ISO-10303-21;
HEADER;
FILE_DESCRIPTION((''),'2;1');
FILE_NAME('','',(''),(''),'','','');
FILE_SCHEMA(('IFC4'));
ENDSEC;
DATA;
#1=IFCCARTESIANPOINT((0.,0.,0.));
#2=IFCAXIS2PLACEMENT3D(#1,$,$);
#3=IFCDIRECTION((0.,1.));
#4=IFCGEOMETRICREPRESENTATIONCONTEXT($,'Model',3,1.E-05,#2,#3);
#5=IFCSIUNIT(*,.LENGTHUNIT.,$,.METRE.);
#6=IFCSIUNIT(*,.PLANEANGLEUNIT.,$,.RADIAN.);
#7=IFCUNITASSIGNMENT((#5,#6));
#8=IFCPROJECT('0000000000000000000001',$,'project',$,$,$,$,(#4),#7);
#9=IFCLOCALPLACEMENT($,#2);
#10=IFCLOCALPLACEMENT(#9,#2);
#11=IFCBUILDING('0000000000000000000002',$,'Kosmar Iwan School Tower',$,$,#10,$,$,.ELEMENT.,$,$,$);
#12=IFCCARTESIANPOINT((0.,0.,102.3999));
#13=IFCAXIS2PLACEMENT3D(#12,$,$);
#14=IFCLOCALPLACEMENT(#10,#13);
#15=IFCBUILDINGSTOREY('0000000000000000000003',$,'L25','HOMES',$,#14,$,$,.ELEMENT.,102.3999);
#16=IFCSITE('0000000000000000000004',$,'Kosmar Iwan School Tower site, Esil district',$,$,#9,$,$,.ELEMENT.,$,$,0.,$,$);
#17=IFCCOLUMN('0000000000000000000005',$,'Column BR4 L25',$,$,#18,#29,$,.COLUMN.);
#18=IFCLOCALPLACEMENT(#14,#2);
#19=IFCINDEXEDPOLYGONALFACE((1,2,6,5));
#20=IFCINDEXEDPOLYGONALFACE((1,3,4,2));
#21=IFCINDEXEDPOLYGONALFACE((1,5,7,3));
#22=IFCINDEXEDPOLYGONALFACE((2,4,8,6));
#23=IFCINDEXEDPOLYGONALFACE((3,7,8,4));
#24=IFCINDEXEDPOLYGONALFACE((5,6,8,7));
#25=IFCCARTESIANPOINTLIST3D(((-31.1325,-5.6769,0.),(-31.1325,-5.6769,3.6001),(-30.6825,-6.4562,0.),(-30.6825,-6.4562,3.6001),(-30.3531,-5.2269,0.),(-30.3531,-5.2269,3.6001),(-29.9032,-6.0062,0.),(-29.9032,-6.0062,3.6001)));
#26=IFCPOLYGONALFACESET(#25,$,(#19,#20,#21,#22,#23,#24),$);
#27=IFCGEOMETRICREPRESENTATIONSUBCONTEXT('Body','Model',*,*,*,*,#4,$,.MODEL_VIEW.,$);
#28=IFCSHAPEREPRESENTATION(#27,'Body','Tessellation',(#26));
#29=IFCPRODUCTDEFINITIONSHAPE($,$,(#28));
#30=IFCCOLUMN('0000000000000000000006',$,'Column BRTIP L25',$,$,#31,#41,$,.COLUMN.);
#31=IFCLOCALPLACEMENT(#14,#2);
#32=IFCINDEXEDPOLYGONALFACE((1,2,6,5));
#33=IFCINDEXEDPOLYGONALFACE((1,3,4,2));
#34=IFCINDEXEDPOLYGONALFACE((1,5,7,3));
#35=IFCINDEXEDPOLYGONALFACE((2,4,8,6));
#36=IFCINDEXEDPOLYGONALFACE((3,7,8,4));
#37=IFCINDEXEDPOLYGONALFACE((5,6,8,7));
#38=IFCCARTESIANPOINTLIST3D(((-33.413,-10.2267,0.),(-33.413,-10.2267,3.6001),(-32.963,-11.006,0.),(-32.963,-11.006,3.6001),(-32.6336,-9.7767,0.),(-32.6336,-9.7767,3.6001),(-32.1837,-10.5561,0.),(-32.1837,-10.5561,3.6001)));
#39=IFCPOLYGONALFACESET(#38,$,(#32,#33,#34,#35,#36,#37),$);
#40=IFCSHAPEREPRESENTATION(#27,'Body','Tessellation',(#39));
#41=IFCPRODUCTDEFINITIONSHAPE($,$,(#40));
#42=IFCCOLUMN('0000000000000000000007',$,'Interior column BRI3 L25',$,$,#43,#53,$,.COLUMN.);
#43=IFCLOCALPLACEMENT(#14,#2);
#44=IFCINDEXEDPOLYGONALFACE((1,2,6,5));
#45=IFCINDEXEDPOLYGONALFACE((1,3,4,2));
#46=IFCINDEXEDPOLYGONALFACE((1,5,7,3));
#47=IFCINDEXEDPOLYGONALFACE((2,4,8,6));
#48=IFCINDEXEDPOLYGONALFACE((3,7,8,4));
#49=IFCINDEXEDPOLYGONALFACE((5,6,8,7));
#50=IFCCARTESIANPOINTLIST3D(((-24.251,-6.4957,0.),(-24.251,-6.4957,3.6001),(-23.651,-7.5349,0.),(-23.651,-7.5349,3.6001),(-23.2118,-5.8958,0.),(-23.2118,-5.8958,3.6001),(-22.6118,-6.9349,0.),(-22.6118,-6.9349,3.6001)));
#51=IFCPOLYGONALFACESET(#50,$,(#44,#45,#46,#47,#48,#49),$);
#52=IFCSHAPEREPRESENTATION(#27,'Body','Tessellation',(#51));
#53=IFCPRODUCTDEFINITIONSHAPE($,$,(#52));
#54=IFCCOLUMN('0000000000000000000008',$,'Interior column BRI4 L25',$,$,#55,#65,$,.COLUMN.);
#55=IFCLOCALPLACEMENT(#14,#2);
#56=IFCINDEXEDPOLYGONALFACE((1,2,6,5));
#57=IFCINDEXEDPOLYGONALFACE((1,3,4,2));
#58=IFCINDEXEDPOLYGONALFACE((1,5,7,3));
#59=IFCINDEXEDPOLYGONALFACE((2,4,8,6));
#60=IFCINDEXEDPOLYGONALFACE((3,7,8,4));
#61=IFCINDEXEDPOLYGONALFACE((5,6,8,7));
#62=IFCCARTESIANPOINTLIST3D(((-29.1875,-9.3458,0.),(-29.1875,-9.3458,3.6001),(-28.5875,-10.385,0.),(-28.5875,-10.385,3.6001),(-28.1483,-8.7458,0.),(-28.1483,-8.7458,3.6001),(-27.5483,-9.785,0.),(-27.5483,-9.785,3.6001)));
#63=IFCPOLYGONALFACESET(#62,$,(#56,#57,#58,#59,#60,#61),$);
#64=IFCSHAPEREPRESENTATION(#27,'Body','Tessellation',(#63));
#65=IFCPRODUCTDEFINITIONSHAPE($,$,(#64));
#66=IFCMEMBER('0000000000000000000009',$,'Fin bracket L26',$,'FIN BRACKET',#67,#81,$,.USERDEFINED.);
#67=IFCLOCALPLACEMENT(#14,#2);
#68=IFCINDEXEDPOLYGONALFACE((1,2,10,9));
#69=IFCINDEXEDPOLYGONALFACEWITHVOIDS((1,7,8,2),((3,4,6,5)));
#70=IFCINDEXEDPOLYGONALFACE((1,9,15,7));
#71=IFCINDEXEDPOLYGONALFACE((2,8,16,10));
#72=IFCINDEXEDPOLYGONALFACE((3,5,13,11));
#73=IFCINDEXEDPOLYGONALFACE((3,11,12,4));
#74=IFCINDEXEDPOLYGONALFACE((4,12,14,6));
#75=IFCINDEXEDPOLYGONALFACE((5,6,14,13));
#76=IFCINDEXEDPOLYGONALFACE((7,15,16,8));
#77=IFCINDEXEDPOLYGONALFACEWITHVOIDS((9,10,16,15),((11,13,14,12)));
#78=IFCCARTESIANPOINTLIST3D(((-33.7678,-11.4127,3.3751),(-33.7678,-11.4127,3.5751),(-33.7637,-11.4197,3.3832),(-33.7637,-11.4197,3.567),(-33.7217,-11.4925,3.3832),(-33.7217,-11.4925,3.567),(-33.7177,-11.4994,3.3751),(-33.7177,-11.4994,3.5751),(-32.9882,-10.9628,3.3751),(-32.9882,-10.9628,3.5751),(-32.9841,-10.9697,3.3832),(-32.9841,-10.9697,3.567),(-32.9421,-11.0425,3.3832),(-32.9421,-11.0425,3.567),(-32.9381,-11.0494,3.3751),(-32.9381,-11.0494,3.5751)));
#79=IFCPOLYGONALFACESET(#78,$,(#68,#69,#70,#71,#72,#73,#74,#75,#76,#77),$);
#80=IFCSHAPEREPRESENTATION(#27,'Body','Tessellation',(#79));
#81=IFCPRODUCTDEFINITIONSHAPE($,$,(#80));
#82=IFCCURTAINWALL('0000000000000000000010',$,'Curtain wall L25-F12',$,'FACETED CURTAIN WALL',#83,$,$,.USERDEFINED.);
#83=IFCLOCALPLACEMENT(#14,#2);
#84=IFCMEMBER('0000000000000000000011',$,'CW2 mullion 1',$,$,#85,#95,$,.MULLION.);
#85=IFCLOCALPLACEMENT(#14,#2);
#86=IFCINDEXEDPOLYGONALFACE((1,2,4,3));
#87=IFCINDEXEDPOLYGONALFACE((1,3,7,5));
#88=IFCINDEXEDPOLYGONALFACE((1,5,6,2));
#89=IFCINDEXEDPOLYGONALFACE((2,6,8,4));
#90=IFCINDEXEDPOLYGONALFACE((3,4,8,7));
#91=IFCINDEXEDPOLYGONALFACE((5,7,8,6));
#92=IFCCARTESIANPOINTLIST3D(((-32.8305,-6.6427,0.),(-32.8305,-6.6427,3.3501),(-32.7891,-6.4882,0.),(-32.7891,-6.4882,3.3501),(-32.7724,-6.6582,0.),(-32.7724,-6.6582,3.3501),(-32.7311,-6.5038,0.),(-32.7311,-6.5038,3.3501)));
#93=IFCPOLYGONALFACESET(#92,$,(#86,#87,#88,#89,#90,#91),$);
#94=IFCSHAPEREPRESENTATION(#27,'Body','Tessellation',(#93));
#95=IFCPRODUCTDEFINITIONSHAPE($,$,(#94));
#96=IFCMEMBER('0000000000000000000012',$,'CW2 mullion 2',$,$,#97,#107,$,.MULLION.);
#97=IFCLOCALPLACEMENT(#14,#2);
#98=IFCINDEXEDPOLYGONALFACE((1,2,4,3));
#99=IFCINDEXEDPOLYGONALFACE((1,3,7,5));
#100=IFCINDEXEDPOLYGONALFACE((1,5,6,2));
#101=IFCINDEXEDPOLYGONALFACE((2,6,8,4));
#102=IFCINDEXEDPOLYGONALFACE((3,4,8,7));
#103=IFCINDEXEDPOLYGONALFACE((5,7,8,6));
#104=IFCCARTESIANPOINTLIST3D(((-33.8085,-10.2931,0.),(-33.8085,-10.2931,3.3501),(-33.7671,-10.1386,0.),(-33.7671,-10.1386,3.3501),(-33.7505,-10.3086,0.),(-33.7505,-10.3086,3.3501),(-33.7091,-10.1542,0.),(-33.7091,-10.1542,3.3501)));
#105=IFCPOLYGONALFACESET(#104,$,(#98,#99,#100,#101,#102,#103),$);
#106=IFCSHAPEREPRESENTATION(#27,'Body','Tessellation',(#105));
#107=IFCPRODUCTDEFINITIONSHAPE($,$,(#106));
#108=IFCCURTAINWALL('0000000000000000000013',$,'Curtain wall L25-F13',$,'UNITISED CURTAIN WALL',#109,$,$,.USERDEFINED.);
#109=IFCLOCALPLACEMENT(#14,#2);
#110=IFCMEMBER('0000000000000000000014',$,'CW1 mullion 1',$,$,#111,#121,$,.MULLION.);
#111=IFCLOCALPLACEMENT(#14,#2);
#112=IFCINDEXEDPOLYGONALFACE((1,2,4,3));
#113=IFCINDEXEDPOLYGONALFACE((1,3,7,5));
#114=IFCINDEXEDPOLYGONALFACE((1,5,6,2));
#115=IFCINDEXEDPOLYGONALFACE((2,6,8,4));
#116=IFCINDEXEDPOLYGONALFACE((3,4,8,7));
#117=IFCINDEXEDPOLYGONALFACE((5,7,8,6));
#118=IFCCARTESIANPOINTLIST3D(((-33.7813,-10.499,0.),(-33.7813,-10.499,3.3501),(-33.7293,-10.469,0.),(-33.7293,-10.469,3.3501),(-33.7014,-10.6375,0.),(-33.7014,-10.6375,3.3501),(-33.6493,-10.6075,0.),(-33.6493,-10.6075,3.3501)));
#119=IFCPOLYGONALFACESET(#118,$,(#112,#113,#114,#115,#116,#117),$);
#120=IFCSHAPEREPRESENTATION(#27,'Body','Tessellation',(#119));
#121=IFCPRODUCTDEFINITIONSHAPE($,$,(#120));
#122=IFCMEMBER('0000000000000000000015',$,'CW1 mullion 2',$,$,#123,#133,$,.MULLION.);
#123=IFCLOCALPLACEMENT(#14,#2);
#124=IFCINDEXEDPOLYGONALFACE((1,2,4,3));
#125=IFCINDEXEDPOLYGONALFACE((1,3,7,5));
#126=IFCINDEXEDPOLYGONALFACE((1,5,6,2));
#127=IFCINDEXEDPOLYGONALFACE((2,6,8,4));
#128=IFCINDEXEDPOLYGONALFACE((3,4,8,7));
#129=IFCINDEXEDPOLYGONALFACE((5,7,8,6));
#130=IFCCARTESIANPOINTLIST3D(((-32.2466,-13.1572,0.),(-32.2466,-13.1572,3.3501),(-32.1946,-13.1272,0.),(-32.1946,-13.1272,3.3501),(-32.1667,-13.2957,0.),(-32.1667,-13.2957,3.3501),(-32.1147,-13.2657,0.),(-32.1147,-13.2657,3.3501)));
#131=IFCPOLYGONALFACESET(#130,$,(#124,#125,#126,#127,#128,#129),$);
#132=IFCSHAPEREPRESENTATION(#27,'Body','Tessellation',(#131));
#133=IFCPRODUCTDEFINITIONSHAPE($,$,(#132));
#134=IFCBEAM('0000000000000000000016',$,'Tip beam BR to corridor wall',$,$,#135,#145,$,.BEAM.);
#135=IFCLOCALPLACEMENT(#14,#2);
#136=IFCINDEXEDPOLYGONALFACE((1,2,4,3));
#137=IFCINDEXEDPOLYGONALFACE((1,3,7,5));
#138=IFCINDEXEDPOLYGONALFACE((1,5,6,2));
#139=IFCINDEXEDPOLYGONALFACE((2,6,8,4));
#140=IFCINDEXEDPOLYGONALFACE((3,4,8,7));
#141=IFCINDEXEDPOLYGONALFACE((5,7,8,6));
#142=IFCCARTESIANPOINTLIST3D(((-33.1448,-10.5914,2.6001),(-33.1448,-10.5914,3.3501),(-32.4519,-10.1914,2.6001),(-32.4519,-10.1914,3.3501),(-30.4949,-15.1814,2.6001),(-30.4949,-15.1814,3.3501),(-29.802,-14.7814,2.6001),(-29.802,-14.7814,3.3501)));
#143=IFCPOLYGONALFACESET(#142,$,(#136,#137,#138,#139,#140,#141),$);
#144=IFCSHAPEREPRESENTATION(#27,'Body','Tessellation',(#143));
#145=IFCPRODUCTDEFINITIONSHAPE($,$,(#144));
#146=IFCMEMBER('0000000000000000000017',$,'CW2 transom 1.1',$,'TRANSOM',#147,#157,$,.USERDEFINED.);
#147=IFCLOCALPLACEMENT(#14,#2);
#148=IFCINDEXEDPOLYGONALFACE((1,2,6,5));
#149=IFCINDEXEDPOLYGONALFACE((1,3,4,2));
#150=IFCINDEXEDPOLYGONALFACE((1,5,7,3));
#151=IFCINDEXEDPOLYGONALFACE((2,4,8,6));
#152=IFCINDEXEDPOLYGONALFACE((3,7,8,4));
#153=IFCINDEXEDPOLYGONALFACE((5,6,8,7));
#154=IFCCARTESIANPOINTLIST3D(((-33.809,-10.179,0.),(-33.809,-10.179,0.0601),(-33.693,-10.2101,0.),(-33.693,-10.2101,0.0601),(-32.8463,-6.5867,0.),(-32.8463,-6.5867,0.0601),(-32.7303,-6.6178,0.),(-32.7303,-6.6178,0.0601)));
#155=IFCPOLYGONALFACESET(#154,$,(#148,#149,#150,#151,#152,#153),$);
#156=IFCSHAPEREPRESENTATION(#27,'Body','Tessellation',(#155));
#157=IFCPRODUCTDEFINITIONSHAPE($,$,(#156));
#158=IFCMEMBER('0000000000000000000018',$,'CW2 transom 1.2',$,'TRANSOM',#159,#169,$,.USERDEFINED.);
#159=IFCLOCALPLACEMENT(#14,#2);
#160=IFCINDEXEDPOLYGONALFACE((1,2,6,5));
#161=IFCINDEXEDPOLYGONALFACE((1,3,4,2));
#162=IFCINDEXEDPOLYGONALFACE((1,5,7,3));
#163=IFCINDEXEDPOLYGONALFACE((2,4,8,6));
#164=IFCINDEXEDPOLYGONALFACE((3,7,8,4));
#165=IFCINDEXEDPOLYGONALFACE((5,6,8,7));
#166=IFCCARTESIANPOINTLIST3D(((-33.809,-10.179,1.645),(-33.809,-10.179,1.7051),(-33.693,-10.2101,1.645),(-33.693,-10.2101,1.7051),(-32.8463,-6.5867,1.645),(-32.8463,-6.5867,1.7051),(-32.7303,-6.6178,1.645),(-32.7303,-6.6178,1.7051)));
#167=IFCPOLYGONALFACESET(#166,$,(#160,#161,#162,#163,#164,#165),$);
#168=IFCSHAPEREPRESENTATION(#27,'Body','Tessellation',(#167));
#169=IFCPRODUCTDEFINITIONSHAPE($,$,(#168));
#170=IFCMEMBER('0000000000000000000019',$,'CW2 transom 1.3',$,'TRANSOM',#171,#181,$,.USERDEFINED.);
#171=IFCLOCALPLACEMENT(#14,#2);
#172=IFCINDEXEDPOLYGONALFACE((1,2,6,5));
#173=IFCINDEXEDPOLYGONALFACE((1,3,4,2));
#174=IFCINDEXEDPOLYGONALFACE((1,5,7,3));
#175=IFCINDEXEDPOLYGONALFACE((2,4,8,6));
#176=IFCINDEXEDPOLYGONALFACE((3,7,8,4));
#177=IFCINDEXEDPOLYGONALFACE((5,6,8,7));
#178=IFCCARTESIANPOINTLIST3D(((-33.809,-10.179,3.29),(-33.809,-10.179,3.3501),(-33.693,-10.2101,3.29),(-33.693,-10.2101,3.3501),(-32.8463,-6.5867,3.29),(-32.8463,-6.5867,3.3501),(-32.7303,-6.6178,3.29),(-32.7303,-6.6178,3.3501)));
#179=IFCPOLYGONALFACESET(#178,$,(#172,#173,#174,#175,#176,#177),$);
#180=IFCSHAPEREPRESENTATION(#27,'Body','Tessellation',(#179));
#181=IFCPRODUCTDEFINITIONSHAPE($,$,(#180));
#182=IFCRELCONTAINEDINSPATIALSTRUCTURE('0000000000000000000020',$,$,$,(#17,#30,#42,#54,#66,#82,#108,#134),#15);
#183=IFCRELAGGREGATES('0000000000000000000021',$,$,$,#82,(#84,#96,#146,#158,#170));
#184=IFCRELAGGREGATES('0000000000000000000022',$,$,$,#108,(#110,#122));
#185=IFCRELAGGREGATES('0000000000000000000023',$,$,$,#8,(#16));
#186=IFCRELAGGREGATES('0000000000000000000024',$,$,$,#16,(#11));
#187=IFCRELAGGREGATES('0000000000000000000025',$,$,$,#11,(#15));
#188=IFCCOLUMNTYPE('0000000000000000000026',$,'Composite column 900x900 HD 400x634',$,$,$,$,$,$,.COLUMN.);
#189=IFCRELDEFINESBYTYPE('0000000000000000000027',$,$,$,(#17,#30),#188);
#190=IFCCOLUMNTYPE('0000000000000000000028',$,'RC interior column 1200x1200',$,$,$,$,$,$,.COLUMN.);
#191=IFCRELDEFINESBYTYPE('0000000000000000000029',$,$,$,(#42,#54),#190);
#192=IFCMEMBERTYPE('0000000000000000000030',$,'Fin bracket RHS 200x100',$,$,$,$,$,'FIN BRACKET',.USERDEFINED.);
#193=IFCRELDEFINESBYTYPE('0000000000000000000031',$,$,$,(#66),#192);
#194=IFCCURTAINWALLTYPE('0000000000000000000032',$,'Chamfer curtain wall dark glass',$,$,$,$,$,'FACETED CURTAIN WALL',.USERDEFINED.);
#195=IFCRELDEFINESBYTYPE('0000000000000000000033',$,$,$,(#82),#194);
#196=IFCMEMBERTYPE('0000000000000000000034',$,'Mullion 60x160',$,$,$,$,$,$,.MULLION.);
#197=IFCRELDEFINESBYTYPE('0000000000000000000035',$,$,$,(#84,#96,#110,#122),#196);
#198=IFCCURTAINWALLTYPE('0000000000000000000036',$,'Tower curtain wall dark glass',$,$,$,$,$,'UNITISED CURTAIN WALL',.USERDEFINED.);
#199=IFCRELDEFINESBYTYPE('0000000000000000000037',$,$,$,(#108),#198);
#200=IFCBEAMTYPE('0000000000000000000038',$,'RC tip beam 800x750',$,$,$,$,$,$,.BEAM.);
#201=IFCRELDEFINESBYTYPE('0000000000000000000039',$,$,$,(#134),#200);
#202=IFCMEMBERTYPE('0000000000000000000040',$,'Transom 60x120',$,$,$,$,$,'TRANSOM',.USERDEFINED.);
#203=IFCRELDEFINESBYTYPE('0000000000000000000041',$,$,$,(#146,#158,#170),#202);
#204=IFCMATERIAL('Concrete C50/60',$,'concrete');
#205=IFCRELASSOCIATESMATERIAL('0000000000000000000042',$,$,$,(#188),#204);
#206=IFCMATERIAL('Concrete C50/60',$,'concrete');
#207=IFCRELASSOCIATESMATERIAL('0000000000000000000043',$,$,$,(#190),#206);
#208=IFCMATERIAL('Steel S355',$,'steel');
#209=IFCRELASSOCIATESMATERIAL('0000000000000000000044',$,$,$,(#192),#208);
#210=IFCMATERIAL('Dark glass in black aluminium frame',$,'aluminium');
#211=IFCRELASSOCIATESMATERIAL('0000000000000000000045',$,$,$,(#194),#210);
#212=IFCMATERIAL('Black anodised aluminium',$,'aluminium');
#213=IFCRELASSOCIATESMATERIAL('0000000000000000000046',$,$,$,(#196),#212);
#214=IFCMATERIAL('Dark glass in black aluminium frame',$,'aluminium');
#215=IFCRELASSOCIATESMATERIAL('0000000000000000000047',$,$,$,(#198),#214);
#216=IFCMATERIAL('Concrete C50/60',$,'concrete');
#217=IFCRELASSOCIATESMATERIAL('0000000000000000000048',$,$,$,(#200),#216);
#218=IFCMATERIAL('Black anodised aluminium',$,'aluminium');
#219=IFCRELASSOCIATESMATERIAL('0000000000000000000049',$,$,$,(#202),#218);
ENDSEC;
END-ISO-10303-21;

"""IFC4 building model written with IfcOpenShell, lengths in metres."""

from ifc_helpers import new_model, si_unit, direction, frame, origin, origin_2d, place, context, subcontext, project, spatial, rectangle, hollow_rectangle, extrude, material, material_profile, profile_set, type_object, element, aggregate, save


model = new_model("IFC4")

# Units and contexts
model_context = context("Model", 3, precision=1e-05, world=origin(), true_north=direction((0.0, 1.0)))
body_context = subcontext(model_context, "Body", "Model", "MODEL_VIEW")
ifc_project = project(units=[si_unit("LENGTHUNIT", "METRE"), si_unit("PLANEANGLEUNIT", "RADIAN")], contexts=[model_context])

# Site, building, storey
site_placement = place(None, origin())
site = spatial("IfcSite", under=ifc_project, at=site_placement, Name="Kosmar Iwan School Tower site, Esil district", CompositionType="ELEMENT", RefElevation=0.0)
building_placement = place(site_placement, origin())
building = spatial("IfcBuilding", under=site, at=building_placement, Name="Kosmar Iwan School Tower", CompositionType="ELEMENT")
storey_placement = place(building_placement, frame((0.0, 0.0, 102.3999)))
storey = spatial("IfcBuildingStorey", under=building, at=storey_placement, Name="L25", Description="HOMES", CompositionType="ELEMENT", Elevation=102.3999)

# Columns
ifc_material_1 = material(Name="Concrete C50/60", Category="concrete")
ifc_material_profile_1 = material_profile(ifc_material_1, rectangle(XDim=0.8999, YDim=0.8999, at=origin_2d()), Name="RC 900x900 + HD 400x634")
ifc_profile_set_1 = profile_set([ifc_material_profile_1], Name="Concrete C50/60")
column_type_1 = type_object("IfcColumnType", Name="Composite column 900x900 HD 400x634", PredefinedType="COLUMN", material=ifc_profile_set_1)
for number, where, z_axis, x_axis, name in (
    (1, (-30.5178, -5.8416, 0.0), (0.0, 0.0, 1.0), (-0.866025, -0.5, 0.0), "Column BR4 L25"),
    (2, (-32.7983, -10.3914, 0.0), (0.0, 0.0, 1.0), (-0.866025, -0.5, 0.0), "Column BRTIP L25"),
):
    element("IfcColumn", number, at=place(storey_placement, frame(where, z_axis=z_axis, x_axis=x_axis)), inside=storey, type_object=column_type_1, Name=name, PredefinedType="COLUMN", context=body_context, shape_type="SweptSolid", body=[
        extrude(rectangle(XDim=0.8999, YDim=0.8999, at=origin_2d()), origin(), (0.0, 0.0, 1.0), 3.6001),
    ])
ifc_material_2 = material(Name="Concrete C50/60", Category="concrete")
ifc_material_profile_2 = material_profile(ifc_material_2, rectangle(XDim=1.2, YDim=1.2, at=origin_2d()), Name="RC 1200x1200")
ifc_profile_set_2 = profile_set([ifc_material_profile_2], Name="Concrete C50/60")
column_type_2 = type_object("IfcColumnType", Name="RC interior column 1200x1200", PredefinedType="COLUMN", material=ifc_profile_set_2)
for number, where, z_axis, x_axis, name in (
    (3, (-23.4314, -6.7153, 0.0), (0.0, 0.0, 1.0), (-0.866025, -0.5, 0.0), "Interior column BRI3 L25"),
    (4, (-28.3679, -9.5654, 0.0), (0.0, 0.0, 1.0), (-0.866025, -0.5, 0.0), "Interior column BRI4 L25"),
):
    element("IfcColumn", number, at=place(storey_placement, frame(where, z_axis=z_axis, x_axis=x_axis)), inside=storey, type_object=column_type_2, Name=name, PredefinedType="COLUMN", context=body_context, shape_type="SweptSolid", body=[
        extrude(rectangle(XDim=1.2, YDim=1.2, at=origin_2d()), origin(), (0.0, 0.0, 1.0), 3.6001),
    ])

# Member
ifc_material_3 = material(Name="Steel S355", Category="steel")
ifc_material_profile_3 = material_profile(ifc_material_3, hollow_rectangle(XDim=0.1001, YDim=0.2, WallThickness=0.0081, at=origin_2d()), Name="RHS 200x100x8")
ifc_profile_set_3 = profile_set([ifc_material_profile_3], Name="Steel S355")
member_type_1 = type_object("IfcMemberType", Name="Fin bracket RHS 200x100", ElementType="FIN BRACKET", PredefinedType="USERDEFINED", material=ifc_profile_set_3)
member_1_placement = place(storey_placement, frame((-32.9631, -11.0061, 3.4751), z_axis=(-0.866082, -0.499902, 0.0), x_axis=(0.499902, -0.866082, 0.0)))
element("IfcMember", 5, at=member_1_placement, inside=storey, type_object=member_type_1, Name="Fin bracket L26", ObjectType="FIN BRACKET", PredefinedType="USERDEFINED", context=body_context, shape_type="SweptSolid", body=[
    extrude(hollow_rectangle(XDim=0.1001, YDim=0.2, WallThickness=0.0081, at=origin_2d()), origin(), (0.0, 0.0, 1.0), 0.9001),
])

# Curtain walls, members
ifc_material_4 = material(Name="Dark glass in black aluminium frame", Category="aluminium")
curtain_wall_type_1 = type_object("IfcCurtainWallType", Name="Chamfer curtain wall dark glass", ElementType="FACETED CURTAIN WALL", PredefinedType="USERDEFINED", material=ifc_material_4)
curtain_wall_1_placement = place(storey_placement, origin())
curtain_wall_1 = element("IfcCurtainWall", 6, at=curtain_wall_1_placement, inside=storey, type_object=curtain_wall_type_1, Name="Curtain wall L25-F12", ObjectType="FACETED CURTAIN WALL", PredefinedType="USERDEFINED")
ifc_material_5 = material(Name="Black anodised aluminium", Category="aluminium")
ifc_material_profile_4 = material_profile(ifc_material_5, rectangle(XDim=0.0601, YDim=0.1599, at=origin_2d()), Name="MULLION 60x160")
ifc_profile_set_4 = profile_set([ifc_material_profile_4], Name="Black anodised aluminium")
member_type_2 = type_object("IfcMemberType", Name="Mullion 60x160", PredefinedType="MULLION", material=ifc_profile_set_4)
member_2_placement = place(storey_placement, frame((-32.7808, -6.5732, 0.0), z_axis=(0.0, 0.0, 1.0), x_axis=(0.965926, -0.258819, 0.0)))
member_2 = element("IfcMember", 7, at=member_2_placement, type_object=member_type_2, Name="CW2 mullion 1", PredefinedType="MULLION", context=body_context, shape_type="SweptSolid", body=[
    extrude(rectangle(XDim=0.0601, YDim=0.1599, at=origin_2d()), origin(), (0.0, 0.0, 1.0), 3.3501),
])
member_3_placement = place(storey_placement, frame((-33.7588, -10.2236, 0.0), z_axis=(0.0, 0.0, 1.0), x_axis=(0.965926, -0.258819, 0.0)))
member_3 = element("IfcMember", 8, at=member_3_placement, type_object=member_type_2, Name="CW2 mullion 2", PredefinedType="MULLION", context=body_context, shape_type="SweptSolid", body=[
    extrude(rectangle(XDim=0.0601, YDim=0.1599, at=origin_2d()), origin(), (0.0, 0.0, 1.0), 3.3501),
])
ifc_material_6 = material(Name="Dark glass in black aluminium frame", Category="aluminium")
curtain_wall_type_2 = type_object("IfcCurtainWallType", Name="Tower curtain wall dark glass", ElementType="UNITISED CURTAIN WALL", PredefinedType="USERDEFINED", material=ifc_material_6)
curtain_wall_2_placement = place(storey_placement, origin())
curtain_wall_2 = element("IfcCurtainWall", 9, at=curtain_wall_2_placement, inside=storey, type_object=curtain_wall_type_2, Name="Curtain wall L25-F13", ObjectType="UNITISED CURTAIN WALL", PredefinedType="USERDEFINED")
member_4_placement = place(storey_placement, frame((-33.7153, -10.5532, 0.0), z_axis=(0.0, 0.0, 1.0), x_axis=(0.866025, 0.5, 0.0)))
member_4 = element("IfcMember", 10, at=member_4_placement, type_object=member_type_2, Name="CW1 mullion 1", PredefinedType="MULLION", context=body_context, shape_type="SweptSolid", body=[
    extrude(rectangle(XDim=0.0601, YDim=0.1599, at=origin_2d()), origin(), (0.0, 0.0, 1.0), 3.3501),
])
member_5_placement = place(storey_placement, frame((-32.1807, -13.2114, 0.0), z_axis=(0.0, 0.0, 1.0), x_axis=(0.866025, 0.5, 0.0)))
member_5 = element("IfcMember", 11, at=member_5_placement, type_object=member_type_2, Name="CW1 mullion 2", PredefinedType="MULLION", context=body_context, shape_type="SweptSolid", body=[
    extrude(rectangle(XDim=0.0601, YDim=0.1599, at=origin_2d()), origin(), (0.0, 0.0, 1.0), 3.3501),
])

# Beam
ifc_material_7 = material(Name="Concrete C50/60", Category="concrete")
ifc_material_profile_5 = material_profile(ifc_material_7, rectangle(XDim=0.8, YDim=0.75, at=origin_2d()), Name="RC 800x750")
ifc_profile_set_5 = profile_set([ifc_material_profile_5], Name="Concrete C50/60")
beam_type = type_object("IfcBeamType", Name="RC tip beam 800x750", PredefinedType="BEAM", material=ifc_profile_set_5)
beam_placement = place(storey_placement, frame((-32.7983, -10.3914, 2.9751), z_axis=(0.499974, -0.866041, 0.0), x_axis=(0.866041, 0.499974, 0.0)))
element("IfcBeam", 12, at=beam_placement, inside=storey, type_object=beam_type, Name="Tip beam BR to corridor wall", PredefinedType="BEAM", context=body_context, shape_type="SweptSolid", body=[
    extrude(rectangle(XDim=0.8, YDim=0.75, at=origin_2d()), origin(), (0.0, 0.0, 1.0), 5.3),
])

# Members
ifc_material_8 = material(Name="Black anodised aluminium", Category="aluminium")
ifc_material_profile_6 = material_profile(ifc_material_8, rectangle(XDim=0.1201, YDim=0.0601, at=origin_2d()), Name="TRANSOM 60x120")
ifc_profile_set_6 = profile_set([ifc_material_profile_6], Name="Black anodised aluminium")
member_type_3 = type_object("IfcMemberType", Name="Transom 60x120", ElementType="TRANSOM", PredefinedType="USERDEFINED", material=ifc_profile_set_6)
member_6_placement = place(storey_placement, frame((-32.7883, -6.6023, 0.03), z_axis=(-0.258843, -0.965919, 0.0), x_axis=(0.965919, -0.258843, 0.0)))
member_6 = element("IfcMember", 13, at=member_6_placement, type_object=member_type_3, Name="CW2 transom 1.1", ObjectType="TRANSOM", PredefinedType="USERDEFINED", context=body_context, shape_type="SweptSolid", body=[
    extrude(rectangle(XDim=0.1201, YDim=0.0601, at=origin_2d()), origin(), (0.0, 0.0, 1.0), 3.719),
])
member_7_placement = place(storey_placement, frame((-32.7883, -6.6023, 1.675), z_axis=(-0.258843, -0.965919, 0.0), x_axis=(0.965919, -0.258843, 0.0)))
member_7 = element("IfcMember", 14, at=member_7_placement, type_object=member_type_3, Name="CW2 transom 1.2", ObjectType="TRANSOM", PredefinedType="USERDEFINED", context=body_context, shape_type="SweptSolid", body=[
    extrude(rectangle(XDim=0.1201, YDim=0.0601, at=origin_2d()), origin(), (0.0, 0.0, 1.0), 3.719),
])
member_8_placement = place(storey_placement, frame((-32.7883, -6.6023, 3.3201), z_axis=(-0.258843, -0.965919, 0.0), x_axis=(0.965919, -0.258843, 0.0)))
member_8 = element("IfcMember", 15, at=member_8_placement, type_object=member_type_3, Name="CW2 transom 1.3", ObjectType="TRANSOM", PredefinedType="USERDEFINED", context=body_context, shape_type="SweptSolid", body=[
    extrude(rectangle(XDim=0.1201, YDim=0.0601, at=origin_2d()), origin(), (0.0, 0.0, 1.0), 3.719),
])

aggregate(curtain_wall_1, [member_2, member_3, member_6, member_7, member_8])
aggregate(curtain_wall_2, [member_4, member_5])

save(model, "model.ifc")
